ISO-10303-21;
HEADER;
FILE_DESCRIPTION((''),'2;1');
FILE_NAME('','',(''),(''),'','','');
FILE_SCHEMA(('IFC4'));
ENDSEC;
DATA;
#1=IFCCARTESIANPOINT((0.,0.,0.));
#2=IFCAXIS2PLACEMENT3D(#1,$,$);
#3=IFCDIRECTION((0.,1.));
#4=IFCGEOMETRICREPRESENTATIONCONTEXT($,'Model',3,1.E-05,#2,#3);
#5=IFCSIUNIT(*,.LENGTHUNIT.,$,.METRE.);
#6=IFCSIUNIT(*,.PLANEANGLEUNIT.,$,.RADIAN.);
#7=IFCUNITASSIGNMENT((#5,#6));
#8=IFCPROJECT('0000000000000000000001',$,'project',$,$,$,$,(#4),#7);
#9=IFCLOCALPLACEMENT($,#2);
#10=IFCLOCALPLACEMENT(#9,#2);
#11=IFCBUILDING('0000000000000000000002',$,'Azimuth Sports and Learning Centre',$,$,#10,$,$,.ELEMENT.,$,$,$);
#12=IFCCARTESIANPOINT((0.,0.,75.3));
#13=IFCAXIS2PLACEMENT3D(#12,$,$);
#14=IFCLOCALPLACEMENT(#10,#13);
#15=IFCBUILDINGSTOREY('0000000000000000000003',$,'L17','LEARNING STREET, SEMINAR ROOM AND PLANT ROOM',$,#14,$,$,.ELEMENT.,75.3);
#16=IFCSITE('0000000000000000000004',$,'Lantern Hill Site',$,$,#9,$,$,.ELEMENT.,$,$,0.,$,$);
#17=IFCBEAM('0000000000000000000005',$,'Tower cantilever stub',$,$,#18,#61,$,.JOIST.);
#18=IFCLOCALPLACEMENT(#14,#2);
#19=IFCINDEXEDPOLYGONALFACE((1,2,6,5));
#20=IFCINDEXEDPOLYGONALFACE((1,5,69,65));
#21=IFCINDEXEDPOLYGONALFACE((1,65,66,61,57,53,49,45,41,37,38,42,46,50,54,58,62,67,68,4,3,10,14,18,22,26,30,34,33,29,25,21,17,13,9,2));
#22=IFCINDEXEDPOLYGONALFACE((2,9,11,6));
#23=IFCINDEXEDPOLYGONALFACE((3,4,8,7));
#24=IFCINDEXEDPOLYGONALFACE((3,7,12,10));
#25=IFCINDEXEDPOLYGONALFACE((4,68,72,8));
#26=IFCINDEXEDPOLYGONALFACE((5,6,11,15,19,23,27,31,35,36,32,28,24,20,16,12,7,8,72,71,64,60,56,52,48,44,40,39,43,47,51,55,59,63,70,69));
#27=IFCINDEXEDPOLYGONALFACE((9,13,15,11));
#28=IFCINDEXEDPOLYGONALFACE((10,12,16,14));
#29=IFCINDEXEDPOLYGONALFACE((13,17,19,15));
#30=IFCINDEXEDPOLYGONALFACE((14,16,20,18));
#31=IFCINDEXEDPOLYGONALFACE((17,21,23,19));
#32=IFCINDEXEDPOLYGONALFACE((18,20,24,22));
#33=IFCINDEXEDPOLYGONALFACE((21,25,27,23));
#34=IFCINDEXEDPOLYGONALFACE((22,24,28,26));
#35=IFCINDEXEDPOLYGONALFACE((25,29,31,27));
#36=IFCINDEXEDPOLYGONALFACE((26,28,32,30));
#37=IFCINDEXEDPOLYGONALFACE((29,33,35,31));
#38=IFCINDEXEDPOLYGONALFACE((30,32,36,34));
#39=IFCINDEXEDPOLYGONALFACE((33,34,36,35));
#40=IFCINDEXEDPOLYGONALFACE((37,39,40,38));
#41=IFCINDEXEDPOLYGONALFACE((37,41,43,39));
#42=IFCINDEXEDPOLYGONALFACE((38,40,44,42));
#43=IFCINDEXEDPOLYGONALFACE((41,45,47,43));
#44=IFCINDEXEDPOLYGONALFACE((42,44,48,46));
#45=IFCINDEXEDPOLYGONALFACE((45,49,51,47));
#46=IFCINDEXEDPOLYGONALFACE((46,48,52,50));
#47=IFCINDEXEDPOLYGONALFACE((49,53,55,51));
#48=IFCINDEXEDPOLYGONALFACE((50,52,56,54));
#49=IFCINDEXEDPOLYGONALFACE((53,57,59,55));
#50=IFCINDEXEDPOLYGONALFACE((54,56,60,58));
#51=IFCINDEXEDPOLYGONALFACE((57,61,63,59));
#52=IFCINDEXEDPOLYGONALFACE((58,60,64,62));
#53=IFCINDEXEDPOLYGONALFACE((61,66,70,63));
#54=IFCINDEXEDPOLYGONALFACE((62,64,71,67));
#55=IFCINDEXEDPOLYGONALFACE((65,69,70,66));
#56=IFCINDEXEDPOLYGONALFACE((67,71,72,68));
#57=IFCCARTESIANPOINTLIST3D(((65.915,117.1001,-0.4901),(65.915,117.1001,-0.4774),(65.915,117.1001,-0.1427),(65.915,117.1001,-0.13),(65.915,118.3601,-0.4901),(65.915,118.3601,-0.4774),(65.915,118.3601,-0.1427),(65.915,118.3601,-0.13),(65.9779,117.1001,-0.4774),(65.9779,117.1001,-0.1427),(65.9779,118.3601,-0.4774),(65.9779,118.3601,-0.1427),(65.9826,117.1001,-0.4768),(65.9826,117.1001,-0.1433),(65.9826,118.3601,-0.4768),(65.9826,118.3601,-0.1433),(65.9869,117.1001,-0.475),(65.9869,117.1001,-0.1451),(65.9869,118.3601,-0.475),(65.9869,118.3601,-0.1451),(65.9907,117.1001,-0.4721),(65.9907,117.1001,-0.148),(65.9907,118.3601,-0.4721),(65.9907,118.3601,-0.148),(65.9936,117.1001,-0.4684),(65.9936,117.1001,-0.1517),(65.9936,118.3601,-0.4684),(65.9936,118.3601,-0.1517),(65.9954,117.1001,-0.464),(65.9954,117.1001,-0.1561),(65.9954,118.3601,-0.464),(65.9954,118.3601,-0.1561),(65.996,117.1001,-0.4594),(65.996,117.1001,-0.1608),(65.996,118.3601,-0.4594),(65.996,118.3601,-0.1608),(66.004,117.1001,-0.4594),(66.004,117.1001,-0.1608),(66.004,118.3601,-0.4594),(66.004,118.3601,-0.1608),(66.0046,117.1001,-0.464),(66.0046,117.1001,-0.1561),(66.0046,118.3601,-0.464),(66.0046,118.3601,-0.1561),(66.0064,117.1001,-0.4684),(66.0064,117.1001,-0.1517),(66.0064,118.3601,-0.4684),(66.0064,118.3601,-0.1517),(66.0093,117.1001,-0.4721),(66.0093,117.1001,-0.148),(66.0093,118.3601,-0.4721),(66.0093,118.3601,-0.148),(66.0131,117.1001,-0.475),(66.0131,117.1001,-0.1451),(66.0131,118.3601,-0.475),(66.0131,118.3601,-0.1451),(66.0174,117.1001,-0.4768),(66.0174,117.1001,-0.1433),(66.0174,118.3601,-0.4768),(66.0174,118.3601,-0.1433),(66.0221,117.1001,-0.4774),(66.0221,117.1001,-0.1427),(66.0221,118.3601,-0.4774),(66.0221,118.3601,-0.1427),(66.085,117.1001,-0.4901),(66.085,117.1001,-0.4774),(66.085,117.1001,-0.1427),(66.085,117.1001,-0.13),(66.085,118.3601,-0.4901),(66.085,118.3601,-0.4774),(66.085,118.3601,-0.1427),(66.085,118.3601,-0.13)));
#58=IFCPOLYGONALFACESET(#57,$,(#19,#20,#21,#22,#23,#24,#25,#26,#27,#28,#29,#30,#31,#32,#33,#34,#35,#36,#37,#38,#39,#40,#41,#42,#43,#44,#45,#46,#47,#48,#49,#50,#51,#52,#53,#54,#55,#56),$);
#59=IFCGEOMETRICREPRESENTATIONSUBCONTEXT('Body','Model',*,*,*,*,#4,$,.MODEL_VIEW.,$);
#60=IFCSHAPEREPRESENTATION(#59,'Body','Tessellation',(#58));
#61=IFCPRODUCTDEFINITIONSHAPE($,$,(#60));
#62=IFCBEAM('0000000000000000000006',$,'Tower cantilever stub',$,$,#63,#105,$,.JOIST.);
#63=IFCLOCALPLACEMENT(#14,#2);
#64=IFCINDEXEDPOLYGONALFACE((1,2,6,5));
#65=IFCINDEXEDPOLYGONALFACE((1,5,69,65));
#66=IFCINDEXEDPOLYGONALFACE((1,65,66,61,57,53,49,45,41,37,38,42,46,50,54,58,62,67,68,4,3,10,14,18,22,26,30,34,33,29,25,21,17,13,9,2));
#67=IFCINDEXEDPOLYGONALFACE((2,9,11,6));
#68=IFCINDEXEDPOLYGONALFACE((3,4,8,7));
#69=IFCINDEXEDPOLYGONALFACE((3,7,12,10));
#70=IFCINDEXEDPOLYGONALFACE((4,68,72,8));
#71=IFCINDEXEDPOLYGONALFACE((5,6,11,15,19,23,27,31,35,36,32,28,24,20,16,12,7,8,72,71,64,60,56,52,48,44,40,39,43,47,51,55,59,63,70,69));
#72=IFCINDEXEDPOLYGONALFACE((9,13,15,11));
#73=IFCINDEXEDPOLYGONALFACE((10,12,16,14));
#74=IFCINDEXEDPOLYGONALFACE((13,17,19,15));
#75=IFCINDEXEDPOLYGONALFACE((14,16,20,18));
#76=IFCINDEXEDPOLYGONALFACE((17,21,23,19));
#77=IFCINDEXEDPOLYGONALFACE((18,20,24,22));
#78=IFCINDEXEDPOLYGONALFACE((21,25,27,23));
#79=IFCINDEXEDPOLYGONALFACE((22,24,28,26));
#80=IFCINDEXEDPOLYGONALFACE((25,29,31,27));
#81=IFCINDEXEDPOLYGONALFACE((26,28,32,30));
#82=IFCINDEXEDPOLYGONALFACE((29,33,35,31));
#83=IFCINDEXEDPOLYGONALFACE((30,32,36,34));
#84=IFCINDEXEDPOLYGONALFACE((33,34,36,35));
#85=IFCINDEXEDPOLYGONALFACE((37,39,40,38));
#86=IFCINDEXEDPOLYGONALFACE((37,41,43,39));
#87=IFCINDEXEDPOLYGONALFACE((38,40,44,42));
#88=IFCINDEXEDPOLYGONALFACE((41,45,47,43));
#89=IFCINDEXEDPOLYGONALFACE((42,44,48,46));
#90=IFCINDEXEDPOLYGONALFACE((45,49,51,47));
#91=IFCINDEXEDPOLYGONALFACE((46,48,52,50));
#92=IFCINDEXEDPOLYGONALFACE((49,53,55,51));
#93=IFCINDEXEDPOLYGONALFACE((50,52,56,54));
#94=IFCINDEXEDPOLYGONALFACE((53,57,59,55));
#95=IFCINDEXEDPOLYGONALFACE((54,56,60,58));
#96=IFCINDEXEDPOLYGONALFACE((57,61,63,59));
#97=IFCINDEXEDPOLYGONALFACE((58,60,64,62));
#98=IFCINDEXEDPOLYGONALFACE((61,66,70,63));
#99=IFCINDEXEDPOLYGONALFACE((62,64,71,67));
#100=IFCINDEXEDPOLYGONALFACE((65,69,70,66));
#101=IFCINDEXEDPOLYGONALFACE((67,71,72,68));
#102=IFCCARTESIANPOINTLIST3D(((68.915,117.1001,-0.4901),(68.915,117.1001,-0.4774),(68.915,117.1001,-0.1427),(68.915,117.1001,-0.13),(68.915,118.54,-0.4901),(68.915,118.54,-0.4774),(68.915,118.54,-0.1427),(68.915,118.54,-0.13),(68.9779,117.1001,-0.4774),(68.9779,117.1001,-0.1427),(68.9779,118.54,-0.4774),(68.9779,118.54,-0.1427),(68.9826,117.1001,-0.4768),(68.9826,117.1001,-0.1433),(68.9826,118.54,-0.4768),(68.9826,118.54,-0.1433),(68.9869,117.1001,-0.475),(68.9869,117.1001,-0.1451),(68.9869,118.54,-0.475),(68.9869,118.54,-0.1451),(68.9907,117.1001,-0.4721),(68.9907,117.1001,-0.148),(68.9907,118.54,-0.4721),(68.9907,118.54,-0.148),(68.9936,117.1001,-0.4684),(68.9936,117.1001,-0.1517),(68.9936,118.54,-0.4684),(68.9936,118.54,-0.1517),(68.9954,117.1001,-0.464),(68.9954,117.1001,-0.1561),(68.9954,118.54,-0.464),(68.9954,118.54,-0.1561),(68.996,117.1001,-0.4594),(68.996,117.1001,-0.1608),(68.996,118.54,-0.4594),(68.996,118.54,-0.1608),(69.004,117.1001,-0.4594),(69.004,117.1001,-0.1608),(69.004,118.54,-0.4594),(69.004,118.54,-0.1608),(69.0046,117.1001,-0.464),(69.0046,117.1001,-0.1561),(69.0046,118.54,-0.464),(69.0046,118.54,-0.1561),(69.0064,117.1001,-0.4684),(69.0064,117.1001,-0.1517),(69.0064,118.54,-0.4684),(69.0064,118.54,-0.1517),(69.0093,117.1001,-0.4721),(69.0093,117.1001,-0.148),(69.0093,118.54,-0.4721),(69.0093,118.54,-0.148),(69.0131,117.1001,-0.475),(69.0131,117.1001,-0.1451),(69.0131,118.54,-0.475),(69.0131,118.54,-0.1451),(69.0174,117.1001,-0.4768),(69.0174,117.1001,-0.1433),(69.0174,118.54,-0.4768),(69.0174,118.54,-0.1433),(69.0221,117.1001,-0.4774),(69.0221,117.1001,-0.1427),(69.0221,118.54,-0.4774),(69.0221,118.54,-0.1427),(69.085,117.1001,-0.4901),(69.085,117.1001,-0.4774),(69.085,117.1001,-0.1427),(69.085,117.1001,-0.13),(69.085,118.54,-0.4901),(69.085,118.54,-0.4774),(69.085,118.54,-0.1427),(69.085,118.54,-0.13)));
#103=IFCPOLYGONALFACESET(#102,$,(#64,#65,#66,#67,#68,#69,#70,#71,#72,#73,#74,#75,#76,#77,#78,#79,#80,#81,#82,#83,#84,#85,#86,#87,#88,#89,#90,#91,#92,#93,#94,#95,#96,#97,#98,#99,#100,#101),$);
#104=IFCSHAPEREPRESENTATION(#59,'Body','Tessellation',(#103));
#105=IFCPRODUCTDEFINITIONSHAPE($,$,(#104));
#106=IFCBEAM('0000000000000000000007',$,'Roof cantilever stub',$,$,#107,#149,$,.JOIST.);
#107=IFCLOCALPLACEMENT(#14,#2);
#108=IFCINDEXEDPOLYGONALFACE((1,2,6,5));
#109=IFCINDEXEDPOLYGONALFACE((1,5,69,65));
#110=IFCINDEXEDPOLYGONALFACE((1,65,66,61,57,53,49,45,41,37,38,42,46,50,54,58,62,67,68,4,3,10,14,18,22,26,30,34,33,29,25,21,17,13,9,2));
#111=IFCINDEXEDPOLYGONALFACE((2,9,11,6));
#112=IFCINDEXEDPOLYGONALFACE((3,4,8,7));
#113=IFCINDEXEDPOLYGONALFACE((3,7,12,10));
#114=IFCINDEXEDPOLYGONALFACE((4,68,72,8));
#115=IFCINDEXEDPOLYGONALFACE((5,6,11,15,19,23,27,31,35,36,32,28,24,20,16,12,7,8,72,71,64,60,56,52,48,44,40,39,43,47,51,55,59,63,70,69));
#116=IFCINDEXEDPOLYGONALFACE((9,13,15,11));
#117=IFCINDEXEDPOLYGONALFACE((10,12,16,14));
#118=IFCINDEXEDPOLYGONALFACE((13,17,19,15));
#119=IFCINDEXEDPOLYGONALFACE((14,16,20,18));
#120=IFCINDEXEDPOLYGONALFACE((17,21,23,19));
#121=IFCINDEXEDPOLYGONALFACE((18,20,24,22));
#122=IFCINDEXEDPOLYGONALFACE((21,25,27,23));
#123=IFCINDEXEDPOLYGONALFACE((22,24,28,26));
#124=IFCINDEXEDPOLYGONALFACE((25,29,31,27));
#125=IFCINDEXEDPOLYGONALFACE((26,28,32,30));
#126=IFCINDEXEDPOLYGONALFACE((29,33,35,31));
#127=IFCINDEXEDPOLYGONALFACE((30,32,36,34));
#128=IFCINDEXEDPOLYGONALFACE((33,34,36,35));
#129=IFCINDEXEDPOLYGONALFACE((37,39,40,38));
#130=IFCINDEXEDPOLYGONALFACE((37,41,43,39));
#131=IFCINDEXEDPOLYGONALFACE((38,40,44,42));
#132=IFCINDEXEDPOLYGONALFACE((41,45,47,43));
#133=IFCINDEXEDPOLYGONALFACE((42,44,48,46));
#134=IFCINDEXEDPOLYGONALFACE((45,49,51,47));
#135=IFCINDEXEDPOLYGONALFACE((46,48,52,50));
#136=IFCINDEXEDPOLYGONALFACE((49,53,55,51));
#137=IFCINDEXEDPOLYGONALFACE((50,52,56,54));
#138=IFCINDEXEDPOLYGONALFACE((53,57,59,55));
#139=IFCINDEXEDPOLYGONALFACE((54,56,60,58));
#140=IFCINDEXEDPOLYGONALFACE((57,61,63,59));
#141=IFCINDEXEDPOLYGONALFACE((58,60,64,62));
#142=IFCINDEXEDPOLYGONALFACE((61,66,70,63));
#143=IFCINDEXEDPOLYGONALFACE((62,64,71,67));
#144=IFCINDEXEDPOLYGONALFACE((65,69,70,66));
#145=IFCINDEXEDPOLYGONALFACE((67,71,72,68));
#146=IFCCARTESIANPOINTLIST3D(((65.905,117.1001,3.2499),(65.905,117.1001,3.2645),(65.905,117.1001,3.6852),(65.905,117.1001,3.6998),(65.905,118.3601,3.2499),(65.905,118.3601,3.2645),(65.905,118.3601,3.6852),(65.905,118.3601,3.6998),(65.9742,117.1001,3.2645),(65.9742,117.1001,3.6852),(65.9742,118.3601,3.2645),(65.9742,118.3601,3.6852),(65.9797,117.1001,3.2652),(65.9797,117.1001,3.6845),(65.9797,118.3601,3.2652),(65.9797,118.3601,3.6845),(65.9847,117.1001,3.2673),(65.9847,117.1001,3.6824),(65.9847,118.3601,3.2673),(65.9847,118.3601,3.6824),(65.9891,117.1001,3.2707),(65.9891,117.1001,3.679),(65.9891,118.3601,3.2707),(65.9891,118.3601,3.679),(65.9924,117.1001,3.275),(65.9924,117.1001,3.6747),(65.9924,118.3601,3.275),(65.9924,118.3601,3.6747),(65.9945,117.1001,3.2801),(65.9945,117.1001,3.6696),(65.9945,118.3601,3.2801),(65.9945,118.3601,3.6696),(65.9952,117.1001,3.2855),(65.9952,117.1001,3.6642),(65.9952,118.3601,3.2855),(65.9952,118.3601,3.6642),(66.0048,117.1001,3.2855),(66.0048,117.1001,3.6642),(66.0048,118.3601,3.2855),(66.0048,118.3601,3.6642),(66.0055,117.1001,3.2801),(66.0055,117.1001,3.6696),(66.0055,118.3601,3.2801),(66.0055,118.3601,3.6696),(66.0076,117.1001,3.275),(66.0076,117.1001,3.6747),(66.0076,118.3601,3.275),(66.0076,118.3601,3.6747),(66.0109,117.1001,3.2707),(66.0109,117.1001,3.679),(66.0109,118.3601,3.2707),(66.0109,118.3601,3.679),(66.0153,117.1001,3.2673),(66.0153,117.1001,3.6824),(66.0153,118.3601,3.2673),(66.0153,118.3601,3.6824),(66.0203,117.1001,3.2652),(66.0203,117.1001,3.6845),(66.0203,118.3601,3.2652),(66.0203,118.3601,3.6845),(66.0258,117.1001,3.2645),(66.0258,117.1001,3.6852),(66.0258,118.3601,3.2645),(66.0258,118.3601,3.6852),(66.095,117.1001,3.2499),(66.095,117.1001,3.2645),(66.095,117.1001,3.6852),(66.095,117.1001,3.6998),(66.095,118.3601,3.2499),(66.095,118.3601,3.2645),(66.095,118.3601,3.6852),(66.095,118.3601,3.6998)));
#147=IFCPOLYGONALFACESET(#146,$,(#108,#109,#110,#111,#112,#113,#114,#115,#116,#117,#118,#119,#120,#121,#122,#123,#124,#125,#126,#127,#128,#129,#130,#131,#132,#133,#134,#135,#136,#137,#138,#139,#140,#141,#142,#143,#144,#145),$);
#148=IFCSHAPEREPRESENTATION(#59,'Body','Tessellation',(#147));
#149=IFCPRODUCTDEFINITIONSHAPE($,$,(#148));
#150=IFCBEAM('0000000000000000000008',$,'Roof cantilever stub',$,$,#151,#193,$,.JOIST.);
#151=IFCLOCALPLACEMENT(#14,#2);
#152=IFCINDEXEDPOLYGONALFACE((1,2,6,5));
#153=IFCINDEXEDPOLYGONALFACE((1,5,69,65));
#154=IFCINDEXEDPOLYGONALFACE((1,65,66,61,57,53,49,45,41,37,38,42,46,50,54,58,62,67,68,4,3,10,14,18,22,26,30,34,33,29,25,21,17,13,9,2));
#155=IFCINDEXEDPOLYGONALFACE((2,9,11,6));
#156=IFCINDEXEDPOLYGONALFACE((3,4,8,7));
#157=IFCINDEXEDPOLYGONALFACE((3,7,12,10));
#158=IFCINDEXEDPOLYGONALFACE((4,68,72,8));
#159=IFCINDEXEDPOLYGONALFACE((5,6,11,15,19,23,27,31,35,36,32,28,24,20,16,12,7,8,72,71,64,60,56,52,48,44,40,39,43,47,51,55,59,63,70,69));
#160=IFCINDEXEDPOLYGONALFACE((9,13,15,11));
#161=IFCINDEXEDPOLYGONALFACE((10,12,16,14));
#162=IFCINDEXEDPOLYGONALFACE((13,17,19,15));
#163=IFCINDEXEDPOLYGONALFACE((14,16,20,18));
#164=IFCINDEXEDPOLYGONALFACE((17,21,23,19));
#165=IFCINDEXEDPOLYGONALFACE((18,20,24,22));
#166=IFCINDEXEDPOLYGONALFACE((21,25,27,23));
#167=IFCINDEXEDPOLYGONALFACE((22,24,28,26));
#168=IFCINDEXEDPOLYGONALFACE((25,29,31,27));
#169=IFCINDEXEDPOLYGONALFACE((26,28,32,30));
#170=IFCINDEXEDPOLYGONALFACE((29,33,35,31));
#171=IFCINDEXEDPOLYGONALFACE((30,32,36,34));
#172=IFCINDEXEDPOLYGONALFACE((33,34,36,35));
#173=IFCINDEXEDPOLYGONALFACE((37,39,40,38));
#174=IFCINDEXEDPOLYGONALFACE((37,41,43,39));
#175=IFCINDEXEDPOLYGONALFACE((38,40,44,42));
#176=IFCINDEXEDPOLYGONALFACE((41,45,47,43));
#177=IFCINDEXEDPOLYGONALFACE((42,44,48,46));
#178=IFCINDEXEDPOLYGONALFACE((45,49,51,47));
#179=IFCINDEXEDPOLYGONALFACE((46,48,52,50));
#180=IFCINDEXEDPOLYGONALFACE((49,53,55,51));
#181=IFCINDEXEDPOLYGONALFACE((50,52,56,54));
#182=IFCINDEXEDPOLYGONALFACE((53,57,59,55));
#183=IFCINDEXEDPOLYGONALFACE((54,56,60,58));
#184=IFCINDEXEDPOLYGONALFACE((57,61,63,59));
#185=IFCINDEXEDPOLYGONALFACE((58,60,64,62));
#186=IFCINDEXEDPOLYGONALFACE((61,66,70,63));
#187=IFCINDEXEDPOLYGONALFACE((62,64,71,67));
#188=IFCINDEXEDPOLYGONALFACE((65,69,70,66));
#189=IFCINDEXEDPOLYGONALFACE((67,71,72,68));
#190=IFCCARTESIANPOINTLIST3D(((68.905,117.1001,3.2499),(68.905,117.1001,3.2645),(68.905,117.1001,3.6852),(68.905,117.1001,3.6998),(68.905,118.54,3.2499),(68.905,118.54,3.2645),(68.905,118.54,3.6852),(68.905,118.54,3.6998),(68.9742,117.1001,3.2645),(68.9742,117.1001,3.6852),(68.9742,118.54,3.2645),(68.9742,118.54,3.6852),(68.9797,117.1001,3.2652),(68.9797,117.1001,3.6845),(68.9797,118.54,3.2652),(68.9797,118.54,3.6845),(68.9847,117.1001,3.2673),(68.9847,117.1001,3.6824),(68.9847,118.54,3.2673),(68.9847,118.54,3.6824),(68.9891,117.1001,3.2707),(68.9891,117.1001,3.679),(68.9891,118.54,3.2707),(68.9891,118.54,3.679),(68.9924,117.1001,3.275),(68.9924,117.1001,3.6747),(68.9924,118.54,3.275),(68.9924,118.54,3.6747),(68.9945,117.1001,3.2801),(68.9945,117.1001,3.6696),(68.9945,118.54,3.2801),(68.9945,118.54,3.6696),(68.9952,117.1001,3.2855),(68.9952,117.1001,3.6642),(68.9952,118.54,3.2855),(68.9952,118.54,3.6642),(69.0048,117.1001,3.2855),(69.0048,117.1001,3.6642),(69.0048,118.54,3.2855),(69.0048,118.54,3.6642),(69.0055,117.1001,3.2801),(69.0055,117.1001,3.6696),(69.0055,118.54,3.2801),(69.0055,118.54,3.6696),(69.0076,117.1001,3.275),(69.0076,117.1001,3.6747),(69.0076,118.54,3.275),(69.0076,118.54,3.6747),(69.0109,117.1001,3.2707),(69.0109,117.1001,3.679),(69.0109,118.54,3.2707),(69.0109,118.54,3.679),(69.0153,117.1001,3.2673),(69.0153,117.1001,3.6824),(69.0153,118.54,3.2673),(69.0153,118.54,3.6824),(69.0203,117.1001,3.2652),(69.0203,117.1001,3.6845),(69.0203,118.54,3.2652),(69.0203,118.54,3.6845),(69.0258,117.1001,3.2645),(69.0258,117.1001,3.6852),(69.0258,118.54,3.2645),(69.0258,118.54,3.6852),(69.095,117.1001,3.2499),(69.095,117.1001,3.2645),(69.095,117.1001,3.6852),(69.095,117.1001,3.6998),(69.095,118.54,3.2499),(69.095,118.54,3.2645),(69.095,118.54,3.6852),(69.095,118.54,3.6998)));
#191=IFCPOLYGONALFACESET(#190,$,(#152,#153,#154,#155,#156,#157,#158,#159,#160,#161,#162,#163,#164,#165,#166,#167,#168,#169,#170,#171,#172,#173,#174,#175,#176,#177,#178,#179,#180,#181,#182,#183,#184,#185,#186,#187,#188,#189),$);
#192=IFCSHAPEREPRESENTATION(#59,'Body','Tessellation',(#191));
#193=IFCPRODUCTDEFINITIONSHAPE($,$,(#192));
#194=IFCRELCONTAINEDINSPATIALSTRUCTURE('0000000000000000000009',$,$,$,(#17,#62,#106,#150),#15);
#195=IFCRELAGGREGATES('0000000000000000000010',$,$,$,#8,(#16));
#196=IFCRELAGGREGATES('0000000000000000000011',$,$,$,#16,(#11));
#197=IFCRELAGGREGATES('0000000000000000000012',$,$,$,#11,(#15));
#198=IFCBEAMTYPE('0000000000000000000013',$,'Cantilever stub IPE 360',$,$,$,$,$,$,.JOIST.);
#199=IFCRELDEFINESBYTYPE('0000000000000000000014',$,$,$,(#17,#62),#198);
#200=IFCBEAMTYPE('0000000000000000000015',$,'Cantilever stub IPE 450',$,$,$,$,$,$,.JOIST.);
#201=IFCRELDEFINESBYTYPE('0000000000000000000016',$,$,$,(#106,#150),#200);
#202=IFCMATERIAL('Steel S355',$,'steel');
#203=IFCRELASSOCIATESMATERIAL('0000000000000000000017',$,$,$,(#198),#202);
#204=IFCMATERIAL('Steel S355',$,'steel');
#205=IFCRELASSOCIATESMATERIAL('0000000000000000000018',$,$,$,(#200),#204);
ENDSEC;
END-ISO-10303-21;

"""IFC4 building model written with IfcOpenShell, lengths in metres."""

from ifc_helpers import new_model, si_unit, direction, frame, origin, origin_2d, place, context, subcontext, project, spatial, i_section, extrude, material, material_profile, profile_set, type_object, element, save


model = new_model("IFC4")

# Units and contexts
model_context = context("Model", 3, precision=1e-05, world=origin(), true_north=direction((0.0, 1.0)))
body_context = subcontext(model_context, "Body", "Model", "MODEL_VIEW")
ifc_project = project(units=[si_unit("LENGTHUNIT", "METRE"), si_unit("PLANEANGLEUNIT", "RADIAN")], contexts=[model_context])

# Site, building, storey
site_placement = place(None, origin())
site = spatial("IfcSite", under=ifc_project, at=site_placement, Name="Lantern Hill Site", CompositionType="ELEMENT", RefElevation=0.0)
building_placement = place(site_placement, origin())
building = spatial("IfcBuilding", under=site, at=building_placement, Name="Azimuth Sports and Learning Centre", CompositionType="ELEMENT")
storey_placement = place(building_placement, frame((0.0, 0.0, 75.3)))
storey = spatial("IfcBuildingStorey", under=building, at=storey_placement, Name="L17", Description="LEARNING STREET, SEMINAR ROOM AND PLANT ROOM", CompositionType="ELEMENT", Elevation=75.3)

# Beams
ifc_material_1 = material(Name="Steel S355", Category="steel")
ifc_material_profile_1 = material_profile(ifc_material_1, i_section(OverallWidth=0.1699, OverallDepth=0.3601, WebThickness=0.0081, FlangeThickness=0.0127, FilletRadius=0.0181, at=origin_2d()), Name="IPE 360")
ifc_profile_set_1 = profile_set([ifc_material_profile_1], Name="Steel S355")
beam_type_1 = type_object("IfcBeamType", Name="Cantilever stub IPE 360", PredefinedType="JOIST", material=ifc_profile_set_1)
beam_1_placement = place(storey_placement, frame((66.0, 117.1001, -0.3101), z_axis=(0.0, 1.0, 0.0), x_axis=(-1.0, 0.0, 0.0)))
element("IfcBeam", 1, at=beam_1_placement, inside=storey, type_object=beam_type_1, Name="Tower cantilever stub", PredefinedType="JOIST", context=body_context, shape_type="SweptSolid", body=[
    extrude(i_section(OverallWidth=0.1699, OverallDepth=0.3601, WebThickness=0.0081, FlangeThickness=0.0127, FilletRadius=0.0181, at=origin_2d()), origin(), (0.0, 0.0, 1.0), 1.26),
])
beam_2_placement = place(storey_placement, frame((69.0, 117.1001, -0.3101), z_axis=(0.0, 1.0, 0.0), x_axis=(-1.0, 0.0, 0.0)))
element("IfcBeam", 2, at=beam_2_placement, inside=storey, type_object=beam_type_1, Name="Tower cantilever stub", PredefinedType="JOIST", context=body_context, shape_type="SweptSolid", body=[
    extrude(i_section(OverallWidth=0.1699, OverallDepth=0.3601, WebThickness=0.0081, FlangeThickness=0.0127, FilletRadius=0.0181, at=origin_2d()), origin(), (0.0, 0.0, 1.0), 1.4399),
])
ifc_material_2 = material(Name="Steel S355", Category="steel")
ifc_material_profile_2 = material_profile(ifc_material_2, i_section(OverallWidth=0.1899, OverallDepth=0.45, WebThickness=0.0095, FlangeThickness=0.0146, FilletRadius=0.021, at=origin_2d()), Name="IPE 450")
ifc_profile_set_2 = profile_set([ifc_material_profile_2], Name="Steel S355")
beam_type_2 = type_object("IfcBeamType", Name="Cantilever stub IPE 450", PredefinedType="JOIST", material=ifc_profile_set_2)
beam_3_placement = place(storey_placement, frame((66.0, 117.1001, 3.4749), z_axis=(0.0, 1.0, 0.0), x_axis=(-1.0, 0.0, 0.0)))
element("IfcBeam", 3, at=beam_3_placement, inside=storey, type_object=beam_type_2, Name="Roof cantilever stub", PredefinedType="JOIST", context=body_context, shape_type="SweptSolid", body=[
    extrude(i_section(OverallWidth=0.1899, OverallDepth=0.45, WebThickness=0.0095, FlangeThickness=0.0146, FilletRadius=0.021, at=origin_2d()), origin(), (0.0, 0.0, 1.0), 1.26),
])
beam_4_placement = place(storey_placement, frame((69.0, 117.1001, 3.4749), z_axis=(0.0, 1.0, 0.0), x_axis=(-1.0, 0.0, 0.0)))
element("IfcBeam", 4, at=beam_4_placement, inside=storey, type_object=beam_type_2, Name="Roof cantilever stub", PredefinedType="JOIST", context=body_context, shape_type="SweptSolid", body=[
    extrude(i_section(OverallWidth=0.1899, OverallDepth=0.45, WebThickness=0.0095, FlangeThickness=0.0146, FilletRadius=0.021, at=origin_2d()), origin(), (0.0, 0.0, 1.0), 1.4399),
])

save(model, "model.ifc")
